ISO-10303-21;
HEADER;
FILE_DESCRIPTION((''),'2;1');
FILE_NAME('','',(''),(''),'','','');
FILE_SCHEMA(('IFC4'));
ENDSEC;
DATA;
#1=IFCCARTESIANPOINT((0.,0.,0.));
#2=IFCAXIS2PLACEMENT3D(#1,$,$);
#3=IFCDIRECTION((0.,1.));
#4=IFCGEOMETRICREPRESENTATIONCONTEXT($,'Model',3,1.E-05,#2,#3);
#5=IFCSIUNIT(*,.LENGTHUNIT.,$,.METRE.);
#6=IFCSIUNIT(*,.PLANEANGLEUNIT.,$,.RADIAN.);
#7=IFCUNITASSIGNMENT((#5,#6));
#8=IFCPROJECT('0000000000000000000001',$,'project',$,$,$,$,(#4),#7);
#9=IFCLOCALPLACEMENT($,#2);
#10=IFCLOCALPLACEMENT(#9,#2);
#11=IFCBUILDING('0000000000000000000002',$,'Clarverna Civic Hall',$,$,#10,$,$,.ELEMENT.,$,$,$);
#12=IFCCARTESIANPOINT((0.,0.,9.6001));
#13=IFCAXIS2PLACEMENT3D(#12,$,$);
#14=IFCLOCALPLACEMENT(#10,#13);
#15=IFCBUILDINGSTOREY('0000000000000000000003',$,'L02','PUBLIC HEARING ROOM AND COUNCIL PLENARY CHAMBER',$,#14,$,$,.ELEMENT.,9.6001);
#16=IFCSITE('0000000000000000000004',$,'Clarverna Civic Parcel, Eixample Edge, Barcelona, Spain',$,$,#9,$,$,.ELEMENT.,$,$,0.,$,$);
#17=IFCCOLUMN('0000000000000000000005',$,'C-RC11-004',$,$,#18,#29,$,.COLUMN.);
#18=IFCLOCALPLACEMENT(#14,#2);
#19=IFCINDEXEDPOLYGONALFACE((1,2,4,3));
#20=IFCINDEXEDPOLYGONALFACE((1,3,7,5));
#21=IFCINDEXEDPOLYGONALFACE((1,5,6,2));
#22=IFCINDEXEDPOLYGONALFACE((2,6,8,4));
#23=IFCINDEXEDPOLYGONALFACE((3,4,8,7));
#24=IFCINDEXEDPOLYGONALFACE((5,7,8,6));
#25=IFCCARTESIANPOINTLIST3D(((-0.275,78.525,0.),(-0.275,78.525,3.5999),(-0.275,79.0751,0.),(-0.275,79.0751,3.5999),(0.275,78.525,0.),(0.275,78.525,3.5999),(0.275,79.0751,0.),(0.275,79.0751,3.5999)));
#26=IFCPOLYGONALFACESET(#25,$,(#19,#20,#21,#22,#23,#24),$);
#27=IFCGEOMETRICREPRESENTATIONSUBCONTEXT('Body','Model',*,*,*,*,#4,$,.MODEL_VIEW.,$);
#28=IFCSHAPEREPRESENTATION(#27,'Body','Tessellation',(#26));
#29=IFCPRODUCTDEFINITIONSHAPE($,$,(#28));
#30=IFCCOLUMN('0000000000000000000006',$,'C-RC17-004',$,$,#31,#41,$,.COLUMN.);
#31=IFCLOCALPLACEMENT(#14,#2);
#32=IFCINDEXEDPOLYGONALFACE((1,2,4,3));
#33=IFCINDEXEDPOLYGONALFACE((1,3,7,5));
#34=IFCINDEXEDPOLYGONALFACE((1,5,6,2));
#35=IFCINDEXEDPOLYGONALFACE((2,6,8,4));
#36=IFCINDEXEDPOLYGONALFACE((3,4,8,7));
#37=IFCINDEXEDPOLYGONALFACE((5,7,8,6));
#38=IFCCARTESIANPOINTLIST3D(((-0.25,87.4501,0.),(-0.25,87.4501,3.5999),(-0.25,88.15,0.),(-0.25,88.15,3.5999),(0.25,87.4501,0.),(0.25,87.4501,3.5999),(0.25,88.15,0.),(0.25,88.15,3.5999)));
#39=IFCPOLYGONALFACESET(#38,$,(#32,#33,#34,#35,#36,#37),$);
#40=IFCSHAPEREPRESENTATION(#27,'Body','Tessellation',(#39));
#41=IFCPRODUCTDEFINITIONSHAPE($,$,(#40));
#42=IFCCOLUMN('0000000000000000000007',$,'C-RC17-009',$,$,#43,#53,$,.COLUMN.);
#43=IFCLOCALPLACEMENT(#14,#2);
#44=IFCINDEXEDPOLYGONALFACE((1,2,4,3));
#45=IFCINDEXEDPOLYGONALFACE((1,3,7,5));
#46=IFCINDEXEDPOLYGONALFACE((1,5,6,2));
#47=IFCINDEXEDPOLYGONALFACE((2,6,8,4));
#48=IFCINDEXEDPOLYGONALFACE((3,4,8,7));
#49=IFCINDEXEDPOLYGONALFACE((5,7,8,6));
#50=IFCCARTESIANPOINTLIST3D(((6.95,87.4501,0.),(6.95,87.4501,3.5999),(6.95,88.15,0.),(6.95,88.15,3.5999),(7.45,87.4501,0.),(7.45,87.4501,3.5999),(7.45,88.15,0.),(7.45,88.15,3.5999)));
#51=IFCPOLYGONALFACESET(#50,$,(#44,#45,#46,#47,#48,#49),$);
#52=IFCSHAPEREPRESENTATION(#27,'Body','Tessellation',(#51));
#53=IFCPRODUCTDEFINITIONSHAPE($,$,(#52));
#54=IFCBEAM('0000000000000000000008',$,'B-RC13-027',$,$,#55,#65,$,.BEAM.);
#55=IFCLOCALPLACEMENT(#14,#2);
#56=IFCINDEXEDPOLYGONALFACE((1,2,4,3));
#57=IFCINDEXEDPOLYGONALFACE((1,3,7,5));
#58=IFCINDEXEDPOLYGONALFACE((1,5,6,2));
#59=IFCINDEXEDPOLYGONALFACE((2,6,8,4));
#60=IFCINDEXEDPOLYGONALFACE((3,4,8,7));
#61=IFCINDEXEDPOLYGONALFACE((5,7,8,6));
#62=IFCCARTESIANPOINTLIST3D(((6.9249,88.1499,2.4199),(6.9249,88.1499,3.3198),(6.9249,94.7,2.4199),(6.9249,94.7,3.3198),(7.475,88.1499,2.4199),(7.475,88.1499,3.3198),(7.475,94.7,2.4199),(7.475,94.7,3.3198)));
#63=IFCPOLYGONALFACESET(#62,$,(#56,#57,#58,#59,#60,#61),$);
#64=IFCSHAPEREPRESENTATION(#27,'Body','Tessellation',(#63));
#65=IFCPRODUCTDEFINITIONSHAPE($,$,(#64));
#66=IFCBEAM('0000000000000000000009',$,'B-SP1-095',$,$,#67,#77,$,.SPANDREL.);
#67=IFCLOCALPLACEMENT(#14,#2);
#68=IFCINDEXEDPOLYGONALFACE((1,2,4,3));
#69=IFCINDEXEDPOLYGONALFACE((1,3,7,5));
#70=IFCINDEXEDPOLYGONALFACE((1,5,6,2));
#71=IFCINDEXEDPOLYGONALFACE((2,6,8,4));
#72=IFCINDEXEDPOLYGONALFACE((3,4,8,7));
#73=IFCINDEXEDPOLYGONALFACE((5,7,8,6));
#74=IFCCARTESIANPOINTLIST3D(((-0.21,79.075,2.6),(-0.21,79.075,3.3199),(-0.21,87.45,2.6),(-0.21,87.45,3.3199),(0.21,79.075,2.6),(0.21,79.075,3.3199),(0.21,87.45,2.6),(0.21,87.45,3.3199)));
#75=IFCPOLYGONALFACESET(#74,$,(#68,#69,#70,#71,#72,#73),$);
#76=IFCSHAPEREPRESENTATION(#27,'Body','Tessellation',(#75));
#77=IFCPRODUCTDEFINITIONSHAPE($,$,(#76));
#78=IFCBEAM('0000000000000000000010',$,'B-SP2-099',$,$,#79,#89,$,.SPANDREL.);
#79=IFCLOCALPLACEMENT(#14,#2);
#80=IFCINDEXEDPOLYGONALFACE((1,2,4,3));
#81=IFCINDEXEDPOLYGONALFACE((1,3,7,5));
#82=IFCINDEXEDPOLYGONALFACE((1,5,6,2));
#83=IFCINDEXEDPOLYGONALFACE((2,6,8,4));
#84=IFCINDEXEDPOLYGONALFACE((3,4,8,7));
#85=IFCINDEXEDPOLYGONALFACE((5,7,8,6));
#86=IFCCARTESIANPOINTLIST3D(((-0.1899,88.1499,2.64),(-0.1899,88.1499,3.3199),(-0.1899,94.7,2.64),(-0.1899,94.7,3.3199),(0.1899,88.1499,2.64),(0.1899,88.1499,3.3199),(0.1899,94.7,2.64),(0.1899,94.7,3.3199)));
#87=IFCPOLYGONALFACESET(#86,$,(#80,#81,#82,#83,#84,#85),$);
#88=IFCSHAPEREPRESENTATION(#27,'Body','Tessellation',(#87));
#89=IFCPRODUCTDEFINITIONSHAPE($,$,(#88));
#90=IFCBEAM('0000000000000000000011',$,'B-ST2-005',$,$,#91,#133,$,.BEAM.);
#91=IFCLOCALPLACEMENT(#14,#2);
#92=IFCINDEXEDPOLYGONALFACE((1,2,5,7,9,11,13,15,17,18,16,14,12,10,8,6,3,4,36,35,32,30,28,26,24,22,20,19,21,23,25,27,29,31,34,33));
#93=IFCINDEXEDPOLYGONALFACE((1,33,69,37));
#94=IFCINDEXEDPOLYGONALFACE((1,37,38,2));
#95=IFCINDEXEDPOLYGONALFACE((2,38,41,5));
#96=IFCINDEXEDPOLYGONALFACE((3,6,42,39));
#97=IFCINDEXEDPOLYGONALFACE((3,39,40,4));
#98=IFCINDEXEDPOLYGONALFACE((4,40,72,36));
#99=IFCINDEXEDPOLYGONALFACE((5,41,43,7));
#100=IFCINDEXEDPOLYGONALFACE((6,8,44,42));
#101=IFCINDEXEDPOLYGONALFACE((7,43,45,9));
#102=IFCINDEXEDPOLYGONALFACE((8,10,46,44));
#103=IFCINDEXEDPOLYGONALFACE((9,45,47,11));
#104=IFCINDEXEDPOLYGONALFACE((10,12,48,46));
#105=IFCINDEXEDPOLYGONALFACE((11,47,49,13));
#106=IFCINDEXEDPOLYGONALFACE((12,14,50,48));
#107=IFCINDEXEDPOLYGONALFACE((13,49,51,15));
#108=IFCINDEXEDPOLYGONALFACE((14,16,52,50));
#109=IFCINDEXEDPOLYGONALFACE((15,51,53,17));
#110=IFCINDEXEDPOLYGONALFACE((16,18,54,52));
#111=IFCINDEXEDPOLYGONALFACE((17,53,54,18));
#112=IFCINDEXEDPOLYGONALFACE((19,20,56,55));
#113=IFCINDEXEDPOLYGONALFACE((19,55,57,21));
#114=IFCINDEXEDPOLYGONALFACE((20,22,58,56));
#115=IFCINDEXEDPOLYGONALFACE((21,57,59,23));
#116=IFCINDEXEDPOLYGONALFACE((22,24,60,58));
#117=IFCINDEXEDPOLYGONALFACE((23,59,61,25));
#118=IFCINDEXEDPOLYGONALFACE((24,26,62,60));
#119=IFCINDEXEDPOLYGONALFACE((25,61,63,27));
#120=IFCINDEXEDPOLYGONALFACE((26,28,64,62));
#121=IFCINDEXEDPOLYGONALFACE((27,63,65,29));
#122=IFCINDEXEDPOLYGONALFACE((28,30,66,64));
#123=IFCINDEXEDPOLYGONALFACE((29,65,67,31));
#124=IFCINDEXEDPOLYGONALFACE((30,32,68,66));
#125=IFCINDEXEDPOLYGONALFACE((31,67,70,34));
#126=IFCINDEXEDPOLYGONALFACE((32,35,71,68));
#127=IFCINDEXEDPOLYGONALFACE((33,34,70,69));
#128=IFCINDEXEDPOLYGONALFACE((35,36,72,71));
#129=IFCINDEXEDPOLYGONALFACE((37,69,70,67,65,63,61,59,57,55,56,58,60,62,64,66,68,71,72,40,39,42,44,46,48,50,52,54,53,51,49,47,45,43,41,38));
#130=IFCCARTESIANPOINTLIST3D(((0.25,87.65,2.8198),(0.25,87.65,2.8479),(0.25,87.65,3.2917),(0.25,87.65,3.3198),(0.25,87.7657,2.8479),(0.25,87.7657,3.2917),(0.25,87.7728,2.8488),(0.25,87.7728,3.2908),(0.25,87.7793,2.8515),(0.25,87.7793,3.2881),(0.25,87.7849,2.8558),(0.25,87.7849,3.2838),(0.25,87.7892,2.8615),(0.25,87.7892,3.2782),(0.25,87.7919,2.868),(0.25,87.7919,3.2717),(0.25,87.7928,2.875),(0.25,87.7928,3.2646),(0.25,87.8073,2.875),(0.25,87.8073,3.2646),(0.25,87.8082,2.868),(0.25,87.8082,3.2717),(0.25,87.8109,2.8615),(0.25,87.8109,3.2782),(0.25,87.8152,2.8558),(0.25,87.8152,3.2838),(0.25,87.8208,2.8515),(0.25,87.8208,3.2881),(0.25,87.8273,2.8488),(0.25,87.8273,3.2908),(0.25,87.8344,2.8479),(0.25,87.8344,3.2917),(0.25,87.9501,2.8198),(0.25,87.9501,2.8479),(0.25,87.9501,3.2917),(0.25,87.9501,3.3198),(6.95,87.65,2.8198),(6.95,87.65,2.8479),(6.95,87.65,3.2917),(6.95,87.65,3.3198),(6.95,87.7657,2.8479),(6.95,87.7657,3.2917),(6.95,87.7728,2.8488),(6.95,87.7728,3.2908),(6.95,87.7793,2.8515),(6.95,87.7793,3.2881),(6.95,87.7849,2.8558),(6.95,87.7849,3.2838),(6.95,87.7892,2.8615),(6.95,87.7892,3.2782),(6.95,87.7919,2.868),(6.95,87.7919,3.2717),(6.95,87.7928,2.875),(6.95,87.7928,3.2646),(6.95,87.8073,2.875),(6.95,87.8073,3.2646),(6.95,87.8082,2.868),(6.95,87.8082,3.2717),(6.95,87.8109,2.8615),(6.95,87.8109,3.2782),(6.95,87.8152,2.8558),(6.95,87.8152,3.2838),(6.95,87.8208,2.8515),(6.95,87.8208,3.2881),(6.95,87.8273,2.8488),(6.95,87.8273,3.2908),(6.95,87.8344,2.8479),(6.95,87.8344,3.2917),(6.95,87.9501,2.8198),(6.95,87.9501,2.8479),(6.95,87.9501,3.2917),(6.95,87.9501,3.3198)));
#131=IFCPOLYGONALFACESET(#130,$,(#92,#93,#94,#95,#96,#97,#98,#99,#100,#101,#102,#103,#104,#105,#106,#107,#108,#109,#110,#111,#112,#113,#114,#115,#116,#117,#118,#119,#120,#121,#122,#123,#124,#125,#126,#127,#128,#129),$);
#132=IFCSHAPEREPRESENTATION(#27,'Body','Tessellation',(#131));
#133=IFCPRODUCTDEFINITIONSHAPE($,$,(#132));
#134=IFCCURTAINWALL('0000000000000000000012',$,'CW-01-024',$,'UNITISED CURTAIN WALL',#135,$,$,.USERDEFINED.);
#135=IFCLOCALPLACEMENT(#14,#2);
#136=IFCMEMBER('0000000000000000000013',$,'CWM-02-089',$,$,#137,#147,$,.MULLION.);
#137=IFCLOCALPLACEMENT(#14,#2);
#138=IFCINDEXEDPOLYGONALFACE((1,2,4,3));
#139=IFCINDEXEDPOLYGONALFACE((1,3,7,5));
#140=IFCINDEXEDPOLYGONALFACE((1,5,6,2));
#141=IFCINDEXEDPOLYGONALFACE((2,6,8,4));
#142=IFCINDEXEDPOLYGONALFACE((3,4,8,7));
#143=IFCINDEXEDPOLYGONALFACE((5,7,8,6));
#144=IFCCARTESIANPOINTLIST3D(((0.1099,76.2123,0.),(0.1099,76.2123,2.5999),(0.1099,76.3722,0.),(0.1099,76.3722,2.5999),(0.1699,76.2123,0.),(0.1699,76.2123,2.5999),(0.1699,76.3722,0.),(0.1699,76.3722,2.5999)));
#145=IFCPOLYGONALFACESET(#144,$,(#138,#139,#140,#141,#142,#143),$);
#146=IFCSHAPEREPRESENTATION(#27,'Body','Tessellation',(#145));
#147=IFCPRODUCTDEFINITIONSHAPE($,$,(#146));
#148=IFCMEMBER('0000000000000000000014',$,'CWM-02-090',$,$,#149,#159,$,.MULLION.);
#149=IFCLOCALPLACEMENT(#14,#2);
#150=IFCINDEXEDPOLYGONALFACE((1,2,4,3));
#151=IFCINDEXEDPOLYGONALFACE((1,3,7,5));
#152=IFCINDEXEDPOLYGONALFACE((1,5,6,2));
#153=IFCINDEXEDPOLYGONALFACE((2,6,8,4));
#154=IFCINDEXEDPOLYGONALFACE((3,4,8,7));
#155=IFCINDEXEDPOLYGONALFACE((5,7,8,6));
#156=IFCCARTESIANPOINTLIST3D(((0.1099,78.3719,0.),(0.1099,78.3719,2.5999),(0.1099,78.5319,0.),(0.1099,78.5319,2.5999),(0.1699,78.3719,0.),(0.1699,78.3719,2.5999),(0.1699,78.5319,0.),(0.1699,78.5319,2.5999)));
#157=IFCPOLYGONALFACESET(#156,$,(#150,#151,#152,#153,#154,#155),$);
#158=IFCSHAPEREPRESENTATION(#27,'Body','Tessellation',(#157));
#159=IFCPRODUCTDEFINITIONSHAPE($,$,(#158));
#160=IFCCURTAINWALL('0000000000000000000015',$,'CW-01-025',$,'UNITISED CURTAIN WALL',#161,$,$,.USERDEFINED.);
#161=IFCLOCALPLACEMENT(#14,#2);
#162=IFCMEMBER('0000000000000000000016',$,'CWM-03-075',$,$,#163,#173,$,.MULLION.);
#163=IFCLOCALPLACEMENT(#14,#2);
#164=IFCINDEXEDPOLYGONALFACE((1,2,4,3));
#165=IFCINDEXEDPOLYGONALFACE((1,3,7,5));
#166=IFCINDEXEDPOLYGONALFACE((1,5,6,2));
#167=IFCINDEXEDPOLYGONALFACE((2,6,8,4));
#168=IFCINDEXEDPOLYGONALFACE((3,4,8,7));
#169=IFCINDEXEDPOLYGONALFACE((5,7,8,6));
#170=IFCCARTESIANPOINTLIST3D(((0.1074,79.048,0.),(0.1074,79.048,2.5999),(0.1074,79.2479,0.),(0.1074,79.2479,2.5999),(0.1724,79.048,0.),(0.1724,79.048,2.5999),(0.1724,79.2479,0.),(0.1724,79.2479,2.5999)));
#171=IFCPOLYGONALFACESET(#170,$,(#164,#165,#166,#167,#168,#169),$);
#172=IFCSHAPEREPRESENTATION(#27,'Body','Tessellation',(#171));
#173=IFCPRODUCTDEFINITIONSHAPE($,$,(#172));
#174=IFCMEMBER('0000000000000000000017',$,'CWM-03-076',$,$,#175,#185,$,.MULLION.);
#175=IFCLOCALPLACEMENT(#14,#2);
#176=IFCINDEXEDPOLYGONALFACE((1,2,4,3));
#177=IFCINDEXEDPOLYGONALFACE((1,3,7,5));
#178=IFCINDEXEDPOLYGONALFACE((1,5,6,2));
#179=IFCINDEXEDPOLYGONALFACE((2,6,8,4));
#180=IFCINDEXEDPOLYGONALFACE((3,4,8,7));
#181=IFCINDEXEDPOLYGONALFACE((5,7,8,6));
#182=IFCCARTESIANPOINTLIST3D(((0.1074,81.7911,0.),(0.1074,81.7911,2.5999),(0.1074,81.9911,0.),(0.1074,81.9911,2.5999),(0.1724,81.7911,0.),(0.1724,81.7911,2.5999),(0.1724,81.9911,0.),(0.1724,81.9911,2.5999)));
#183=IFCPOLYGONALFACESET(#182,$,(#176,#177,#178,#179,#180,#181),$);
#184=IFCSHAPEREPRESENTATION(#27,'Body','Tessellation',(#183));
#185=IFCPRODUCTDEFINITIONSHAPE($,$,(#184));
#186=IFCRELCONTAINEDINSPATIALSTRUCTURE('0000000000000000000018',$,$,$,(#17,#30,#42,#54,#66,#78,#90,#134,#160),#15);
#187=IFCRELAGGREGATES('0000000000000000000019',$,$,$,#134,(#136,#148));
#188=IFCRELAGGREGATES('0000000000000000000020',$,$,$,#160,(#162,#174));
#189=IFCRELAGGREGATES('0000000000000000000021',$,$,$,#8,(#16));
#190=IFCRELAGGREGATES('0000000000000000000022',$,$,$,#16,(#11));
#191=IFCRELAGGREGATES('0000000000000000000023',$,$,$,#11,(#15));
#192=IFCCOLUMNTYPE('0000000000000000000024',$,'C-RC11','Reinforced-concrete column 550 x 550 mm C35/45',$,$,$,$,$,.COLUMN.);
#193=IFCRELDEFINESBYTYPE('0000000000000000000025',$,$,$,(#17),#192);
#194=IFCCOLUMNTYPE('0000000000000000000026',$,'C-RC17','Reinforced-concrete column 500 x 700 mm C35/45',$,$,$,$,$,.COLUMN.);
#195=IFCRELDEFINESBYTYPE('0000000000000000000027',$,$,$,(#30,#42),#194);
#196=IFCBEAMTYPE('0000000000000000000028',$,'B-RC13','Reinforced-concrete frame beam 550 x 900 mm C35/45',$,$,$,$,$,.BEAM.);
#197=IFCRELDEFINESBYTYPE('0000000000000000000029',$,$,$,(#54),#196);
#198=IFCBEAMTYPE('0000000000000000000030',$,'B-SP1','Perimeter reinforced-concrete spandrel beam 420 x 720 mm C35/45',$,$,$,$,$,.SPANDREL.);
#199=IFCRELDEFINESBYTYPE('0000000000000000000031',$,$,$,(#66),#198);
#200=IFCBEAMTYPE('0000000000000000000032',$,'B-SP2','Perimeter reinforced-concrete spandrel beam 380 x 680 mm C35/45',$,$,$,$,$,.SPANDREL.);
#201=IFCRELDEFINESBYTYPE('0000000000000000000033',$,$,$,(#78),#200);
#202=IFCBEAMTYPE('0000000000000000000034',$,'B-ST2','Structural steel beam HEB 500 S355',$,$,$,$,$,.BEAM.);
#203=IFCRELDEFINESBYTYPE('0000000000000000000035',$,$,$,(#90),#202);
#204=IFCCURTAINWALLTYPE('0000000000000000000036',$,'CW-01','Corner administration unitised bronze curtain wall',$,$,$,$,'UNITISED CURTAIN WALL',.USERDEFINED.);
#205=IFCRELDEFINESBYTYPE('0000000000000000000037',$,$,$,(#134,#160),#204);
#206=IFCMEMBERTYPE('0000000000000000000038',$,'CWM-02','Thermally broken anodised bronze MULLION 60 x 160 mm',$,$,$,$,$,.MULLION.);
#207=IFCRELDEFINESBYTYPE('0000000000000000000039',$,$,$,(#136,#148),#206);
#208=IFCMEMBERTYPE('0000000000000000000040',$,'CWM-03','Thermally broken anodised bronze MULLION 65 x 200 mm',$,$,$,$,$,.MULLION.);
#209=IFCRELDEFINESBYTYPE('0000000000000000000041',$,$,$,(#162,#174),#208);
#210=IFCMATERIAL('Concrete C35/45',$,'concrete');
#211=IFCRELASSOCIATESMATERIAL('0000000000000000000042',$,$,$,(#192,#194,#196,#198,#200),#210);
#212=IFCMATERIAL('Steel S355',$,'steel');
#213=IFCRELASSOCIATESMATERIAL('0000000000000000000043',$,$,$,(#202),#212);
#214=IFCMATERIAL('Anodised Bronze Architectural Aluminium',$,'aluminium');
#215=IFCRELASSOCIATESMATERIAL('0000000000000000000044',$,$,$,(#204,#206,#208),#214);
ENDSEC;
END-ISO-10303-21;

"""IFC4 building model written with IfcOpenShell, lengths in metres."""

from ifc_helpers import new_model, si_unit, direction, frame, origin, origin_2d, place, context, subcontext, project, spatial, rectangle, i_section, extrude, material, material_profile, profile_set, type_object, element, aggregate, save


model = new_model("IFC4")

# Units and contexts
model_context = context("Model", 3, precision=1e-05, world=origin(), true_north=direction((0.0, 1.0)))
body_context = subcontext(model_context, "Body", "Model", "MODEL_VIEW")
ifc_project = project(units=[si_unit("LENGTHUNIT", "METRE"), si_unit("PLANEANGLEUNIT", "RADIAN")], contexts=[model_context])

# Site, building, storey
site_placement = place(None, origin())
site = spatial("IfcSite", under=ifc_project, at=site_placement, Name="Clarverna Civic Parcel, Eixample Edge, Barcelona, Spain", CompositionType="ELEMENT", RefElevation=0.0)
building_placement = place(site_placement, origin())
building = spatial("IfcBuilding", under=site, at=building_placement, Name="Clarverna Civic Hall", CompositionType="ELEMENT")
storey_placement = place(building_placement, frame((0.0, 0.0, 9.6001)))
storey = spatial("IfcBuildingStorey", under=building, at=storey_placement, Name="L02", Description="PUBLIC HEARING ROOM AND COUNCIL PLENARY CHAMBER", CompositionType="ELEMENT", Elevation=9.6001)

# Columns
ifc_material_1 = material(Name="Concrete C35/45", Category="concrete")
ifc_material_profile_1 = material_profile(ifc_material_1, rectangle(XDim=0.55, YDim=0.55, at=origin_2d()), Name="RC 550x550")
ifc_profile_set_1 = profile_set([ifc_material_profile_1], Name="Concrete C35/45")
column_type_1 = type_object("IfcColumnType", Name="C-RC11", Description="Reinforced-concrete column 550 x 550 mm C35/45", PredefinedType="COLUMN", material=ifc_profile_set_1)
column_placement = place(storey_placement, frame((0.0, 78.8, 0.0), z_axis=(0.0, 0.0, 1.0), x_axis=(1.0, 0.0, 0.0)))
element("IfcColumn", 1, at=column_placement, inside=storey, type_object=column_type_1, Name="C-RC11-004", PredefinedType="COLUMN", context=body_context, shape_type="SweptSolid", body=[
    extrude(rectangle(XDim=0.55, YDim=0.55, at=origin_2d()), origin(), (0.0, 0.0, 1.0), 3.5999),
])
ifc_material_profile_2 = material_profile(ifc_material_1, rectangle(XDim=0.5, YDim=0.7, at=origin_2d()), Name="RC 500x700")
ifc_profile_set_2 = profile_set([ifc_material_profile_2], Name="Concrete C35/45")
column_type_2 = type_object("IfcColumnType", Name="C-RC17", Description="Reinforced-concrete column 500 x 700 mm C35/45", PredefinedType="COLUMN", material=ifc_profile_set_2)
for number, where, z_axis, x_axis, name in (
    (2, (0.0, 87.8, 0.0), (0.0, 0.0, 1.0), (1.0, 0.0, 0.0), "C-RC17-004"),
    (3, (7.2, 87.8, 0.0), (0.0, 0.0, 1.0), (1.0, 0.0, 0.0), "C-RC17-009"),
):
    element("IfcColumn", number, at=place(storey_placement, frame(where, z_axis=z_axis, x_axis=x_axis)), inside=storey, type_object=column_type_2, Name=name, PredefinedType="COLUMN", context=body_context, shape_type="SweptSolid", body=[
        extrude(rectangle(XDim=0.5, YDim=0.7, at=origin_2d()), origin(), (0.0, 0.0, 1.0), 3.5999),
    ])

# Beams
ifc_material_profile_3 = material_profile(ifc_material_1, rectangle(XDim=0.55, YDim=0.8999, at=origin_2d()), Name="RC 550x900")
ifc_profile_set_3 = profile_set([ifc_material_profile_3], Name="Concrete C35/45")
beam_type_1 = type_object("IfcBeamType", Name="B-RC13", Description="Reinforced-concrete frame beam 550 x 900 mm C35/45", PredefinedType="BEAM", material=ifc_profile_set_3)
beam_1_placement = place(storey_placement, frame((7.2, 88.1499, 2.8699), z_axis=(0.0, 1.0, 0.0), x_axis=(-1.0, 0.0, 0.0)))
element("IfcBeam", 4, at=beam_1_placement, inside=storey, type_object=beam_type_1, Name="B-RC13-027", PredefinedType="BEAM", context=body_context, shape_type="SweptSolid", body=[
    extrude(rectangle(XDim=0.55, YDim=0.8999, at=origin_2d()), origin(), (0.0, 0.0, 1.0), 6.55),
])
ifc_material_profile_4 = material_profile(ifc_material_1, rectangle(XDim=0.4199, YDim=0.72, at=origin_2d()), Name="RC 420x720")
ifc_profile_set_4 = profile_set([ifc_material_profile_4], Name="Concrete C35/45")
beam_type_2 = type_object("IfcBeamType", Name="B-SP1", Description="Perimeter reinforced-concrete spandrel beam 420 x 720 mm C35/45", PredefinedType="SPANDREL", material=ifc_profile_set_4)
beam_2_placement = place(storey_placement, frame((0.0, 79.075, 2.96), z_axis=(0.0, 1.0, 0.0), x_axis=(-1.0, 0.0, 0.0)))
element("IfcBeam", 5, at=beam_2_placement, inside=storey, type_object=beam_type_2, Name="B-SP1-095", PredefinedType="SPANDREL", context=body_context, shape_type="SweptSolid", body=[
    extrude(rectangle(XDim=0.4199, YDim=0.72, at=origin_2d()), origin(), (0.0, 0.0, 1.0), 8.375),
])
ifc_material_profile_5 = material_profile(ifc_material_1, rectangle(XDim=0.3799, YDim=0.6799, at=origin_2d()), Name="RC 380x680")
ifc_profile_set_5 = profile_set([ifc_material_profile_5], Name="Concrete C35/45")
beam_type_3 = type_object("IfcBeamType", Name="B-SP2", Description="Perimeter reinforced-concrete spandrel beam 380 x 680 mm C35/45", PredefinedType="SPANDREL", material=ifc_profile_set_5)
beam_3_placement = place(storey_placement, frame((0.0, 88.1499, 2.98), z_axis=(0.0, 1.0, 0.0), x_axis=(-1.0, 0.0, 0.0)))
element("IfcBeam", 6, at=beam_3_placement, inside=storey, type_object=beam_type_3, Name="B-SP2-099", PredefinedType="SPANDREL", context=body_context, shape_type="SweptSolid", body=[
    extrude(rectangle(XDim=0.3799, YDim=0.6799, at=origin_2d()), origin(), (0.0, 0.0, 1.0), 6.55),
])
ifc_material_2 = material(Name="Steel S355", Category="steel")
ifc_material_profile_6 = material_profile(ifc_material_2, i_section(OverallWidth=0.3, OverallDepth=0.5, WebThickness=0.0144, FlangeThickness=0.0281, FilletRadius=0.0271, at=origin_2d()), Name="HEB 500")
ifc_profile_set_6 = profile_set([ifc_material_profile_6], Name="Steel S355")
beam_type_4 = type_object("IfcBeamType", Name="B-ST2", Description="Structural steel beam HEB 500 S355", PredefinedType="BEAM", material=ifc_profile_set_6)
beam_4_placement = place(storey_placement, frame((0.25, 87.8, 3.0698), z_axis=(1.0, 0.0, 0.0), x_axis=(0.0, 1.0, 0.0)))
element("IfcBeam", 7, at=beam_4_placement, inside=storey, type_object=beam_type_4, Name="B-ST2-005", PredefinedType="BEAM", context=body_context, shape_type="SweptSolid", body=[
    extrude(i_section(OverallWidth=0.3, OverallDepth=0.5, WebThickness=0.0144, FlangeThickness=0.0281, FilletRadius=0.0271, at=origin_2d()), origin(), (0.0, 0.0, 1.0), 6.7),
])

# Curtain walls, members
ifc_material_3 = material(Name="Anodised Bronze Architectural Aluminium", Category="aluminium")
curtain_wall_type = type_object("IfcCurtainWallType", Name="CW-01", Description="Corner administration unitised bronze curtain wall", ElementType="UNITISED CURTAIN WALL", PredefinedType="USERDEFINED", material=ifc_material_3)
curtain_wall_1_placement = place(storey_placement, origin())
curtain_wall_1 = element("IfcCurtainWall", 8, at=curtain_wall_1_placement, inside=storey, type_object=curtain_wall_type, Name="CW-01-024", ObjectType="UNITISED CURTAIN WALL", PredefinedType="USERDEFINED")
ifc_material_profile_7 = material_profile(ifc_material_3, rectangle(XDim=0.0601, YDim=0.1599, at=origin_2d()), Name="BRONZE 60x160")
ifc_profile_set_7 = profile_set([ifc_material_profile_7], Name="Anodised Bronze Architectural Aluminium")
member_type_1 = type_object("IfcMemberType", Name="CWM-02", Description="Thermally broken anodised bronze MULLION 60 x 160 mm", PredefinedType="MULLION", material=ifc_profile_set_7)
member_1_placement = place(storey_placement, frame((0.1399, 76.2922, 0.0), z_axis=(0.0, 0.0, 1.0), x_axis=(1.0, 0.0, 0.0)))
member_1 = element("IfcMember", 9, at=member_1_placement, type_object=member_type_1, Name="CWM-02-089", PredefinedType="MULLION", context=body_context, shape_type="SweptSolid", body=[
    extrude(rectangle(XDim=0.0601, YDim=0.1599, at=origin_2d()), origin(), (0.0, 0.0, 1.0), 2.5999),
])
member_2_placement = place(storey_placement, frame((0.1399, 78.4519, 0.0), z_axis=(0.0, 0.0, 1.0), x_axis=(1.0, 0.0, 0.0)))
member_2 = element("IfcMember", 10, at=member_2_placement, type_object=member_type_1, Name="CWM-02-090", PredefinedType="MULLION", context=body_context, shape_type="SweptSolid", body=[
    extrude(rectangle(XDim=0.0601, YDim=0.1599, at=origin_2d()), origin(), (0.0, 0.0, 1.0), 2.5999),
])
curtain_wall_2_placement = place(storey_placement, origin())
curtain_wall_2 = element("IfcCurtainWall", 11, at=curtain_wall_2_placement, inside=storey, type_object=curtain_wall_type, Name="CW-01-025", ObjectType="UNITISED CURTAIN WALL", PredefinedType="USERDEFINED")
ifc_material_profile_8 = material_profile(ifc_material_3, rectangle(XDim=0.0649, YDim=0.2, at=origin_2d()), Name="BRONZE 65x200")
ifc_profile_set_8 = profile_set([ifc_material_profile_8], Name="Anodised Bronze Architectural Aluminium")
member_type_2 = type_object("IfcMemberType", Name="CWM-03", Description="Thermally broken anodised bronze MULLION 65 x 200 mm", PredefinedType="MULLION", material=ifc_profile_set_8)
member_3_placement = place(storey_placement, frame((0.1399, 79.1479, 0.0), z_axis=(0.0, 0.0, 1.0), x_axis=(1.0, 0.0, 0.0)))
member_3 = element("IfcMember", 12, at=member_3_placement, type_object=member_type_2, Name="CWM-03-075", PredefinedType="MULLION", context=body_context, shape_type="SweptSolid", body=[
    extrude(rectangle(XDim=0.0649, YDim=0.2, at=origin_2d()), origin(), (0.0, 0.0, 1.0), 2.5999),
])
member_4_placement = place(storey_placement, frame((0.1399, 81.8911, 0.0), z_axis=(0.0, 0.0, 1.0), x_axis=(1.0, 0.0, 0.0)))
member_4 = element("IfcMember", 13, at=member_4_placement, type_object=member_type_2, Name="CWM-03-076", PredefinedType="MULLION", context=body_context, shape_type="SweptSolid", body=[
    extrude(rectangle(XDim=0.0649, YDim=0.2, at=origin_2d()), origin(), (0.0, 0.0, 1.0), 2.5999),
])

aggregate(curtain_wall_1, [member_1, member_2])
aggregate(curtain_wall_2, [member_3, member_4])

save(model, "model.ifc")
